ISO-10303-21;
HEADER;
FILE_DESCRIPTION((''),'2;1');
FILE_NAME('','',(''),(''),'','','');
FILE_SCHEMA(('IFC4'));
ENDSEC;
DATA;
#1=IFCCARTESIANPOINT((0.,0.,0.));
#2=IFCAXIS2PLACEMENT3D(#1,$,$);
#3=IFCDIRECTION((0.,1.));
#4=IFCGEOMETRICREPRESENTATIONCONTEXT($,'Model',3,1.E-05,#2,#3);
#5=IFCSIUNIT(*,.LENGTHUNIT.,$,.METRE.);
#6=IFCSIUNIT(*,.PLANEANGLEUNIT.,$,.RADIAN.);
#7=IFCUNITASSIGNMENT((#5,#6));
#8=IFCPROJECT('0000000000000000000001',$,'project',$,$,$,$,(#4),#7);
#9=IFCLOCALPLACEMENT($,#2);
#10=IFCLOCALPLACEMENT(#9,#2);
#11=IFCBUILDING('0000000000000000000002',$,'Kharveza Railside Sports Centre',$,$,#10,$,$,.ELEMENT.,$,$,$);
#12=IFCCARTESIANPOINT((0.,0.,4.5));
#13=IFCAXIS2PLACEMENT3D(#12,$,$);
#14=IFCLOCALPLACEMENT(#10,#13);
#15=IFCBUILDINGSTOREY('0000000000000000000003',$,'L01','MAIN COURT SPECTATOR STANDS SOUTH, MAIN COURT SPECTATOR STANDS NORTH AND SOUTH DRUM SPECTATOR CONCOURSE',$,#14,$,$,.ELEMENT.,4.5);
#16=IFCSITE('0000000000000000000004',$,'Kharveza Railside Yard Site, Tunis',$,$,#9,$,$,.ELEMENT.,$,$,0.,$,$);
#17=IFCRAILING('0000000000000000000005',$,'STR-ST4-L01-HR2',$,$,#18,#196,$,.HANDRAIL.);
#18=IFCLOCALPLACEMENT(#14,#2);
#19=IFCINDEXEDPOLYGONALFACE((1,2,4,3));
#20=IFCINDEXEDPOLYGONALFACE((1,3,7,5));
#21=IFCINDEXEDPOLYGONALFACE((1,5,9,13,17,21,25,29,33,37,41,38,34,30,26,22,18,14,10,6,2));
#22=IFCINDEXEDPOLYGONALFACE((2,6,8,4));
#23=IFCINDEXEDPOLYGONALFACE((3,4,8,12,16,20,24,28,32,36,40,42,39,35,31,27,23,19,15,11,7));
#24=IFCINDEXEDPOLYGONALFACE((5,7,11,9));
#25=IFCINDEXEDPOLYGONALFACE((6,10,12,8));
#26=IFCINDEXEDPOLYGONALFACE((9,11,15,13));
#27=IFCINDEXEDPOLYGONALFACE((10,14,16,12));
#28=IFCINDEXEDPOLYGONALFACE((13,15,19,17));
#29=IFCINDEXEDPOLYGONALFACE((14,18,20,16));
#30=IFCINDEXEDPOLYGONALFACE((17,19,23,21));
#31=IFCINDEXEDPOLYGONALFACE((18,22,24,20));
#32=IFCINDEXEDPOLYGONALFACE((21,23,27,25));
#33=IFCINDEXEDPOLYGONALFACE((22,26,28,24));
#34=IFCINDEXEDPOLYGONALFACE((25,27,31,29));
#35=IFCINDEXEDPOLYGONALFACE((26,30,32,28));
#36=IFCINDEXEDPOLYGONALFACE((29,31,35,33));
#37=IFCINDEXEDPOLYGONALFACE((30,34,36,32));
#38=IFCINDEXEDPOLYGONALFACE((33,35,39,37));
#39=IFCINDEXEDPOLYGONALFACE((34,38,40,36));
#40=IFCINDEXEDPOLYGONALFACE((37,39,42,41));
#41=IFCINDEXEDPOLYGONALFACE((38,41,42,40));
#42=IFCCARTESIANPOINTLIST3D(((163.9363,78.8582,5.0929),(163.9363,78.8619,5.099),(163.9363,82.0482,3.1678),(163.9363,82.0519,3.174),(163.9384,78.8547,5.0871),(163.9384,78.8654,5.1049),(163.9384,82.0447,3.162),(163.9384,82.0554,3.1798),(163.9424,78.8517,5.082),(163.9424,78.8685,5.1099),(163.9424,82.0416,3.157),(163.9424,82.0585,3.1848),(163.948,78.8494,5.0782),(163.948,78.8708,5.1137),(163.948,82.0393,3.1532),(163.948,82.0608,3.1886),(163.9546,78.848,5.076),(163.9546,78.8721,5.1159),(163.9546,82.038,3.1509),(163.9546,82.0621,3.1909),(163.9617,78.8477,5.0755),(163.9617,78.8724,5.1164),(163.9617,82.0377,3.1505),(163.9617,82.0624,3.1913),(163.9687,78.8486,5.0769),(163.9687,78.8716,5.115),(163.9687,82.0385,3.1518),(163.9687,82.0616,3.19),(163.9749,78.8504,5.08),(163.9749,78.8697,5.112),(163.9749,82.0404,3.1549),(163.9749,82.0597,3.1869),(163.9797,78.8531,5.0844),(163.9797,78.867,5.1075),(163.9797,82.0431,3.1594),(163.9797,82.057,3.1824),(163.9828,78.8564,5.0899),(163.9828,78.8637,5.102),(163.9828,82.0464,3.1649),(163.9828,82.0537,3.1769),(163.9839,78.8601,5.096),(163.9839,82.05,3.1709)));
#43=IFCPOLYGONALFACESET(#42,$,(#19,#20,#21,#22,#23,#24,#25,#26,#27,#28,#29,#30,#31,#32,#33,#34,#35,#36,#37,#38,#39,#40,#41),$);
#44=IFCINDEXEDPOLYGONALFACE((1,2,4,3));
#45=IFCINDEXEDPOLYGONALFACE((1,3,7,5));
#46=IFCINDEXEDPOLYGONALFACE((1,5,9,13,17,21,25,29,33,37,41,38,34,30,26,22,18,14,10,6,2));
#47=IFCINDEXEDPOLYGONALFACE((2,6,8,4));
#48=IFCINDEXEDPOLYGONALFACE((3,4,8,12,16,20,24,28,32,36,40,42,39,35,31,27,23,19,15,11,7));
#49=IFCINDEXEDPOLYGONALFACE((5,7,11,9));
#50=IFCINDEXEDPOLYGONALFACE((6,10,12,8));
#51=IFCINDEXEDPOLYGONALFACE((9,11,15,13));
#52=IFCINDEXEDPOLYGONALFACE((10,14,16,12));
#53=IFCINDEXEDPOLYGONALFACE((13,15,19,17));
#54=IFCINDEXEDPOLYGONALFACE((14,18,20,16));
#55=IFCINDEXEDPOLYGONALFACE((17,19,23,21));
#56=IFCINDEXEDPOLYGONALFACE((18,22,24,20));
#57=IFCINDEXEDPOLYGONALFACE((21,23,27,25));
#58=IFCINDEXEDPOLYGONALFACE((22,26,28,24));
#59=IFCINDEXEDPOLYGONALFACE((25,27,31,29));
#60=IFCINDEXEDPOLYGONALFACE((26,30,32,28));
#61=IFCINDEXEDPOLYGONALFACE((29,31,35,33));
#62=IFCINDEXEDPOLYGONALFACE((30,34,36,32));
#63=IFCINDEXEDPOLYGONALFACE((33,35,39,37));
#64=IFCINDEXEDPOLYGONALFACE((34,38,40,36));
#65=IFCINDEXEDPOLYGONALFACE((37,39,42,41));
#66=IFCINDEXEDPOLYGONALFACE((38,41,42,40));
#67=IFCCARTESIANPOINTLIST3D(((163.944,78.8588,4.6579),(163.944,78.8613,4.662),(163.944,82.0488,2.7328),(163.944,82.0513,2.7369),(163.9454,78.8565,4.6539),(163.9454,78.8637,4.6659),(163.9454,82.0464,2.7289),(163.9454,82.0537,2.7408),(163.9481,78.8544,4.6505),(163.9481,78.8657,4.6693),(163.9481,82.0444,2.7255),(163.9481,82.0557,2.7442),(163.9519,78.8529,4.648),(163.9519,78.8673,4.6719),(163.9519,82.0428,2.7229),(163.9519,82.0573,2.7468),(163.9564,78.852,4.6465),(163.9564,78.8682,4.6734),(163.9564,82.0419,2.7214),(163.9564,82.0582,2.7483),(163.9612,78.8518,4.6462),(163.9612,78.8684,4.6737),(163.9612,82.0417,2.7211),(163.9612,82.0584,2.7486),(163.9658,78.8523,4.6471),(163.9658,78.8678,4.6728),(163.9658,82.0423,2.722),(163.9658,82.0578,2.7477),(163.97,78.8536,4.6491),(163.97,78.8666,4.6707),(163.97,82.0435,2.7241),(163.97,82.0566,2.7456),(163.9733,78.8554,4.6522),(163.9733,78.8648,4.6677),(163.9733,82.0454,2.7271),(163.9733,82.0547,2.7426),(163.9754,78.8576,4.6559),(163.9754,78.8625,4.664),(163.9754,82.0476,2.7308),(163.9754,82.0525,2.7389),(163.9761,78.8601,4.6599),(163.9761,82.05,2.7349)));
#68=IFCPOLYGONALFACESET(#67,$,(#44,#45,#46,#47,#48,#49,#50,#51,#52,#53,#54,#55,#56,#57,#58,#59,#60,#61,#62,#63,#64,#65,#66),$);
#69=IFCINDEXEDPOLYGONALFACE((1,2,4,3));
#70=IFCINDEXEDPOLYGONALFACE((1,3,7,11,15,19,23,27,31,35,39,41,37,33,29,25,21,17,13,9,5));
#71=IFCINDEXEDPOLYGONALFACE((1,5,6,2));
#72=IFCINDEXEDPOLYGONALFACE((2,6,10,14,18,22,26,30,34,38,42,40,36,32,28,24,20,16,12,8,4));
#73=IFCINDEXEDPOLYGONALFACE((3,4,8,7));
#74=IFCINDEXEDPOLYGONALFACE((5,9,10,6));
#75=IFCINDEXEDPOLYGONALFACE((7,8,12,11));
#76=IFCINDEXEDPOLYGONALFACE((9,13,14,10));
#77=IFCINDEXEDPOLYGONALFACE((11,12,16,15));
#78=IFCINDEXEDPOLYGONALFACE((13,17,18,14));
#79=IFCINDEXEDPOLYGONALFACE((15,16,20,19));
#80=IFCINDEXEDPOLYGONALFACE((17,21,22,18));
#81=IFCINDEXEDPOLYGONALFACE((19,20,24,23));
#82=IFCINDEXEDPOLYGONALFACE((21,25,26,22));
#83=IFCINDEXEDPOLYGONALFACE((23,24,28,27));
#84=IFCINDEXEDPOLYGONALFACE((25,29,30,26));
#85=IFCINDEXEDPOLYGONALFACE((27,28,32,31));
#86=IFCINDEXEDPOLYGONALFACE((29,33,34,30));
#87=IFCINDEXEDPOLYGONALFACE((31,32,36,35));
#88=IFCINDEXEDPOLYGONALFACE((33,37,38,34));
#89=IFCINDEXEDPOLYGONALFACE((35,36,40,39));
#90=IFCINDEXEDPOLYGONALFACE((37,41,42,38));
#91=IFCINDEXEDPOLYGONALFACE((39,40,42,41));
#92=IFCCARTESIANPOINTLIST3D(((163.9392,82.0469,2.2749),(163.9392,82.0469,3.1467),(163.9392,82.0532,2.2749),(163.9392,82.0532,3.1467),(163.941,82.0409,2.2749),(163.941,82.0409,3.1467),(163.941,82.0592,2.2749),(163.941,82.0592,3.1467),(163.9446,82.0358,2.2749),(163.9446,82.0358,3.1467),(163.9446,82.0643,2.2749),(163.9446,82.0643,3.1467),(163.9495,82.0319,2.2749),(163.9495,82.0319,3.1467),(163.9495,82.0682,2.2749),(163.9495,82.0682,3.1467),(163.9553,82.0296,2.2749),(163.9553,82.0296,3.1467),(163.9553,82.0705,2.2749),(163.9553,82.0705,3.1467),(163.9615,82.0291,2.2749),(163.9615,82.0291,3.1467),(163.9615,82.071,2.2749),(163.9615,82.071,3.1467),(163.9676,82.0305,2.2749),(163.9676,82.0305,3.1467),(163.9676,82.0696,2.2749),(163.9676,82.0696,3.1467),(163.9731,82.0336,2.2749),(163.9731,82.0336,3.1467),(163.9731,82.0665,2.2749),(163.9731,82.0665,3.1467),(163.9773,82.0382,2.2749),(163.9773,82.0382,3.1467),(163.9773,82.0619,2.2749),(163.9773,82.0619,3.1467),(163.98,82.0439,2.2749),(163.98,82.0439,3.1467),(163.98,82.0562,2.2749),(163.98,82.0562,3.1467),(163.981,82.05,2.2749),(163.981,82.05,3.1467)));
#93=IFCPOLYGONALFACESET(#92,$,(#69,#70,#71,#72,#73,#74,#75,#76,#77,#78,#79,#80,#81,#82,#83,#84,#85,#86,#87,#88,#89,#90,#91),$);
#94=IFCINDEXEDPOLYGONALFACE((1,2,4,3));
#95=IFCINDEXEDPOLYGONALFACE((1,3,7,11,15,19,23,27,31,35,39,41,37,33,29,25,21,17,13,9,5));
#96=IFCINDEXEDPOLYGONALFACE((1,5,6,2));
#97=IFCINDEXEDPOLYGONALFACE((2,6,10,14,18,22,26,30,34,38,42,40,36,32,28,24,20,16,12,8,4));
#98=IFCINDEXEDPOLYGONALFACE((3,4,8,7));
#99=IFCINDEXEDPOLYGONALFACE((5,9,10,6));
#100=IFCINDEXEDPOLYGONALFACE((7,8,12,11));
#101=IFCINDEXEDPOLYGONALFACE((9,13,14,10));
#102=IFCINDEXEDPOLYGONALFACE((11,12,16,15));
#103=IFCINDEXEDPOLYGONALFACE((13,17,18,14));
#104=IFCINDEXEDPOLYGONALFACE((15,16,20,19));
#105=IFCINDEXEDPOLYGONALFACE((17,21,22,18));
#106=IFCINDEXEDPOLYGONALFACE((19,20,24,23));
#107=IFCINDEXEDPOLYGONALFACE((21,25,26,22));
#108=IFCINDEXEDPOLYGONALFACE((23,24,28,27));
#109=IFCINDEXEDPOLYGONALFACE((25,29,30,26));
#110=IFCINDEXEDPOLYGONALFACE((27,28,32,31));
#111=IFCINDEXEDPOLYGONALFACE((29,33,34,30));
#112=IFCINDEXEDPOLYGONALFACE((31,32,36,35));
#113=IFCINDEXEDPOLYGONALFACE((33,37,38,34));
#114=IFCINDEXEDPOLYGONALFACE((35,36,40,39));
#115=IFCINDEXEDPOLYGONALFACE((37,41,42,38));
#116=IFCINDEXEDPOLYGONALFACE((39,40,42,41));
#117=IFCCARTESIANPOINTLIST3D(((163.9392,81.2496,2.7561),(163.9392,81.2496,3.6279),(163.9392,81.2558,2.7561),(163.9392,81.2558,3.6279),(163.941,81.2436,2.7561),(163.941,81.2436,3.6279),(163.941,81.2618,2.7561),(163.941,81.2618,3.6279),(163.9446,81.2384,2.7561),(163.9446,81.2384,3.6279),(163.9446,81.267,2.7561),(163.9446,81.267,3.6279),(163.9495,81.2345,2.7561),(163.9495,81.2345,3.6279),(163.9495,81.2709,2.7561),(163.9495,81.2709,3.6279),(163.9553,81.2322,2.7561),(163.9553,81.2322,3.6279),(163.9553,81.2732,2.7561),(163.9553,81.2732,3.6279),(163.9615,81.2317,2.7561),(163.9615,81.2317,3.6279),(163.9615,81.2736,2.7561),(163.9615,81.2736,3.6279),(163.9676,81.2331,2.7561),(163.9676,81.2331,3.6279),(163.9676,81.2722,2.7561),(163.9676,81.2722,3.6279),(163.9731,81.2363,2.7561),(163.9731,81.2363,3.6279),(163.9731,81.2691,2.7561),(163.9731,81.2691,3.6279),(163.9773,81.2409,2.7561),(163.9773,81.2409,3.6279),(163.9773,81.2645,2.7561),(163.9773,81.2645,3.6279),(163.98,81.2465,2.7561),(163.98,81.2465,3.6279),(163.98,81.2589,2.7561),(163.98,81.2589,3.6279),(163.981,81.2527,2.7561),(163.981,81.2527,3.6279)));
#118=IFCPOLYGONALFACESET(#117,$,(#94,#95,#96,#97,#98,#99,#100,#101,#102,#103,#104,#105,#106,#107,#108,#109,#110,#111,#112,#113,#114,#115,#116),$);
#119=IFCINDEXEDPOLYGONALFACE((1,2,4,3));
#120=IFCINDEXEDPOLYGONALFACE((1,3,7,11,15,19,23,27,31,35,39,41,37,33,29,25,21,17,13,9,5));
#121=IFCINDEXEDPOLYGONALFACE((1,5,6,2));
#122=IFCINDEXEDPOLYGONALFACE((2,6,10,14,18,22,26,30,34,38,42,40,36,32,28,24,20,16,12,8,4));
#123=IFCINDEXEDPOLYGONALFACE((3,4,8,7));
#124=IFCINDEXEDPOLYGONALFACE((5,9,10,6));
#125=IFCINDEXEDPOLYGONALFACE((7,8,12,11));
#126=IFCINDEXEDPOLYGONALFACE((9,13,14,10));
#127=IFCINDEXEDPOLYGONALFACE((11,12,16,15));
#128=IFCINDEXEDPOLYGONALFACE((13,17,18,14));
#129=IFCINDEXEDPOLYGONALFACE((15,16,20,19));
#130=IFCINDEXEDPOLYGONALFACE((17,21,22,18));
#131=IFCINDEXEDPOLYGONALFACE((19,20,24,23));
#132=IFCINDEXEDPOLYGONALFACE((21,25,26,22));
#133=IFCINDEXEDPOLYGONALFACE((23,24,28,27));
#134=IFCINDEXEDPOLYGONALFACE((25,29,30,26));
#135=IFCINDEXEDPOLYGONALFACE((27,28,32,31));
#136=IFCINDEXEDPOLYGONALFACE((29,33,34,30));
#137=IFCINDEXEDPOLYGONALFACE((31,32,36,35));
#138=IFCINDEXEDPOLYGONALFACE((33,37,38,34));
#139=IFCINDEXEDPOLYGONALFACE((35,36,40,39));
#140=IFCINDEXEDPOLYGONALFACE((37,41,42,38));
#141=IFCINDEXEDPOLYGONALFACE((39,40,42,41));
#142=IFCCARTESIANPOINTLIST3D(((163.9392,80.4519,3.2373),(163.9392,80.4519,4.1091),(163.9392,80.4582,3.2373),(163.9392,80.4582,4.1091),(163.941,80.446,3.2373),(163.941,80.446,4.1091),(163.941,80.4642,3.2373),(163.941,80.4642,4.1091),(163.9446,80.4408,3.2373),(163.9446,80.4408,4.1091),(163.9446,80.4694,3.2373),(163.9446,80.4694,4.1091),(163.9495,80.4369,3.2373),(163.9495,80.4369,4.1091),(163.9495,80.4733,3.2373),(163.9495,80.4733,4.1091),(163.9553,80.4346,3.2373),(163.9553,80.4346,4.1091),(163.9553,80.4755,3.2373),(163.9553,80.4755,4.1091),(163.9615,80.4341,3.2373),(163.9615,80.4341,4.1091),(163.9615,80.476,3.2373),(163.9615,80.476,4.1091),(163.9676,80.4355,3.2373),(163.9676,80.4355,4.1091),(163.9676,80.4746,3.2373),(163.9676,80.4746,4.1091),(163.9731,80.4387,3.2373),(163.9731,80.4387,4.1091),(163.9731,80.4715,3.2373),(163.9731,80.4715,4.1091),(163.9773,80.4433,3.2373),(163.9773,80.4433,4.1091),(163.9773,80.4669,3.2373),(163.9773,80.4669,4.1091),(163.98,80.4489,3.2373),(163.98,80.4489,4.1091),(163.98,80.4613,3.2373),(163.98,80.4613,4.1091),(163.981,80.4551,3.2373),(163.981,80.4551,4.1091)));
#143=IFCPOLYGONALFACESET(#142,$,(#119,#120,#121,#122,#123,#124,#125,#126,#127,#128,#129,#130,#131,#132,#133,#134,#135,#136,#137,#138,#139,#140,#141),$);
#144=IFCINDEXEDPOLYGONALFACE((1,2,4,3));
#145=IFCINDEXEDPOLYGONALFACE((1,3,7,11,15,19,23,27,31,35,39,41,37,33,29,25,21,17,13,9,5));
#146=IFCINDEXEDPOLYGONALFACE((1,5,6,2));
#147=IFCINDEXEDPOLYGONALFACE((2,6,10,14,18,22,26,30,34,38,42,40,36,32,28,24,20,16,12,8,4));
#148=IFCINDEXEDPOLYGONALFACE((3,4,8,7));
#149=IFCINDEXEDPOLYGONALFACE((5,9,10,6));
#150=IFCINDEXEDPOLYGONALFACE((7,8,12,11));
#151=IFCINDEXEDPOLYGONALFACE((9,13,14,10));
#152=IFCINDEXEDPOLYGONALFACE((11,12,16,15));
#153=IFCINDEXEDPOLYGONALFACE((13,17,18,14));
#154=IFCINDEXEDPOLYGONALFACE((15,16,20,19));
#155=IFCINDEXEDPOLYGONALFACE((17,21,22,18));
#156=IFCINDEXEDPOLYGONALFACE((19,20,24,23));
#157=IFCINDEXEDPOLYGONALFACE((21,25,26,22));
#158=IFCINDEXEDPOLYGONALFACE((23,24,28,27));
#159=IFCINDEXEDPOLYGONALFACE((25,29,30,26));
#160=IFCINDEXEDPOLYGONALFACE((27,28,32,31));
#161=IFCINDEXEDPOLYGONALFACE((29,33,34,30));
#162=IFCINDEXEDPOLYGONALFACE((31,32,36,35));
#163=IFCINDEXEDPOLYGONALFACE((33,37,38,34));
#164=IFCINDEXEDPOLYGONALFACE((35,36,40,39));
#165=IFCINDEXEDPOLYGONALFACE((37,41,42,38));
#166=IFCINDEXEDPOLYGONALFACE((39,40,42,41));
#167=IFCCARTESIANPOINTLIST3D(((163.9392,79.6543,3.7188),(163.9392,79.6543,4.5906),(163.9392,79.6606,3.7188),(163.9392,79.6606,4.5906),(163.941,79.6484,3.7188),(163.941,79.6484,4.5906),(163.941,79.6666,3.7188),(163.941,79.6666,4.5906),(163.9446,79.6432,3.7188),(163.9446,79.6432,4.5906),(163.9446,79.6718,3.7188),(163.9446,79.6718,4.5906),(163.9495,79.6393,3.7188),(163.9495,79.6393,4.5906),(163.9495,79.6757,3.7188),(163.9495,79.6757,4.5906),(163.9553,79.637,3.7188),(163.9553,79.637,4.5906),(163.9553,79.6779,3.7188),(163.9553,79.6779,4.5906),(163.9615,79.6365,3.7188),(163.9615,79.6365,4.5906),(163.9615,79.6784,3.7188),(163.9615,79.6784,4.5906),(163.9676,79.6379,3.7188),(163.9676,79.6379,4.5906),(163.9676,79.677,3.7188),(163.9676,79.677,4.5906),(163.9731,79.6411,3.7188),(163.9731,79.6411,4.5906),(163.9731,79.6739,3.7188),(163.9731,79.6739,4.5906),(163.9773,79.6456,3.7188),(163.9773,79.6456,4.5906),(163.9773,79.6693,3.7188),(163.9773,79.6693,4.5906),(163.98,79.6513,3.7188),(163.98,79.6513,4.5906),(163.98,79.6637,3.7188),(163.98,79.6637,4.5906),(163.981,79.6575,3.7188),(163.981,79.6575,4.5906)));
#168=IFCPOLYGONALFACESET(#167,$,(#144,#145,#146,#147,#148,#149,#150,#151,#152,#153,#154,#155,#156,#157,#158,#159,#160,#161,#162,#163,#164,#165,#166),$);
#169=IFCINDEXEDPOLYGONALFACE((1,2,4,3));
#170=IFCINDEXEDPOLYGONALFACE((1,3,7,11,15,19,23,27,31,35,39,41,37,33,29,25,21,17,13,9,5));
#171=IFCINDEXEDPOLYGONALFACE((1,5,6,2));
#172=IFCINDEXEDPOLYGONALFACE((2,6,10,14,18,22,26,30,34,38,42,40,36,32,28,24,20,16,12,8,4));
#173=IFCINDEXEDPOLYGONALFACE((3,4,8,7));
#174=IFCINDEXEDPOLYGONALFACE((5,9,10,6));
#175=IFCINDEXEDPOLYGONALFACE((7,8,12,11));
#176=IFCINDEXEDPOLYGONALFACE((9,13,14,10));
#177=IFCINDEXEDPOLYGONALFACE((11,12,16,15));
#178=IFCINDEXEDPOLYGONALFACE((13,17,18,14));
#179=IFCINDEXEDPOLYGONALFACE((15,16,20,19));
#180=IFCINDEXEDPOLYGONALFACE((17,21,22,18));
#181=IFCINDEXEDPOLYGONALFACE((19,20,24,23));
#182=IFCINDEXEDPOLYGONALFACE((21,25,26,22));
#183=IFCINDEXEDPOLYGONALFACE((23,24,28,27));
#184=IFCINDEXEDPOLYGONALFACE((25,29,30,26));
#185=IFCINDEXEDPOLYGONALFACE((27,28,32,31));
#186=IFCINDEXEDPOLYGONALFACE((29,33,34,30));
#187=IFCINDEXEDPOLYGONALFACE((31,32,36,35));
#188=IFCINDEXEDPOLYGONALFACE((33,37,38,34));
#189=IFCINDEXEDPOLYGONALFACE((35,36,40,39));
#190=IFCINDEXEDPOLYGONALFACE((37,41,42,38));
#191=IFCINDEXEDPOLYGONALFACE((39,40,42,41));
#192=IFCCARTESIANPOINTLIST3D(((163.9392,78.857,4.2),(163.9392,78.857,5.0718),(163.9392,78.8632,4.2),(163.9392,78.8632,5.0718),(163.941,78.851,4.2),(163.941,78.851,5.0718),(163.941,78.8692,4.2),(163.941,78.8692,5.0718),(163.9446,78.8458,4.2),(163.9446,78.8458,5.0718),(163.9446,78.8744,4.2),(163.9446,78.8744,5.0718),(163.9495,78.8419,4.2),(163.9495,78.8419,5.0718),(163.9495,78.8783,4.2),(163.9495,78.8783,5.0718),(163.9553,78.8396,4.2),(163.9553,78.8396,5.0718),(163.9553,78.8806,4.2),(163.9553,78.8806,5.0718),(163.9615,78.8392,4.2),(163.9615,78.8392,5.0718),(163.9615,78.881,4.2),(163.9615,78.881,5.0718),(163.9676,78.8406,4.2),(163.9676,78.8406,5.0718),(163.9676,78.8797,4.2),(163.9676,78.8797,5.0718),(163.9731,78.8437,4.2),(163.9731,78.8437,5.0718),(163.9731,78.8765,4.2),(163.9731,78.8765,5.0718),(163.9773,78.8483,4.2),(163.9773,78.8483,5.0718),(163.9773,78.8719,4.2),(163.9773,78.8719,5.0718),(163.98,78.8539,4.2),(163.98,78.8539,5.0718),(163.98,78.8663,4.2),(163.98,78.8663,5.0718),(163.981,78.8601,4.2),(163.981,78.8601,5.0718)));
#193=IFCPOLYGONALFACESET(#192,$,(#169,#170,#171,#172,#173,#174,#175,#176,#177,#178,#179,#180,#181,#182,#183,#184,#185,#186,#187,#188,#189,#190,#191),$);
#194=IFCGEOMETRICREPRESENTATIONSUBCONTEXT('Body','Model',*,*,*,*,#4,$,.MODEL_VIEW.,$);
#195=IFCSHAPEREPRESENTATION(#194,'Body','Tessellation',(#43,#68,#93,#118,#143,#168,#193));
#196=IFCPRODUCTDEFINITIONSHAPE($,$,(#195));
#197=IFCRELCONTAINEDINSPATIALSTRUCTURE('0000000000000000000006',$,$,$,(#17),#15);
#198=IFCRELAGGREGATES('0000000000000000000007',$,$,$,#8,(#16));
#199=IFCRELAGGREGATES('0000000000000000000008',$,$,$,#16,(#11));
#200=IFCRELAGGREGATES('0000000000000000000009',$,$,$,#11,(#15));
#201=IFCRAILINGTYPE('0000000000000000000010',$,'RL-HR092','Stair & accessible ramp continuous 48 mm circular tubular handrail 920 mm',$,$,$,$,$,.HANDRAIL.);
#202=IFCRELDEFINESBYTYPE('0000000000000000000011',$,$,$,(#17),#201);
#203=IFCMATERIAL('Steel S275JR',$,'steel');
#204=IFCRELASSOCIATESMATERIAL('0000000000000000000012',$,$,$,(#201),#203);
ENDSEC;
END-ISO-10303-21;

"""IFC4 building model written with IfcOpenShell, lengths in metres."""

from ifc_helpers import new_model, si_unit, direction, frame, origin, origin_2d, place, context, subcontext, project, spatial, circle, extrude, material, type_object, element, save


model = new_model("IFC4")

# Units and contexts
model_context = context("Model", 3, precision=1e-05, world=origin(), true_north=direction((0.0, 1.0)))
body_context = subcontext(model_context, "Body", "Model", "MODEL_VIEW")
ifc_project = project(units=[si_unit("LENGTHUNIT", "METRE"), si_unit("PLANEANGLEUNIT", "RADIAN")], contexts=[model_context])

# Site, building, storey
site_placement = place(None, origin())
site = spatial("IfcSite", under=ifc_project, at=site_placement, Name="Kharveza Railside Yard Site, Tunis", CompositionType="ELEMENT", RefElevation=0.0)
building_placement = place(site_placement, origin())
building = spatial("IfcBuilding", under=site, at=building_placement, Name="Kharveza Railside Sports Centre", CompositionType="ELEMENT")
storey_placement = place(building_placement, frame((0.0, 0.0, 4.5)))
storey = spatial("IfcBuildingStorey", under=building, at=storey_placement, Name="L01", Description="MAIN COURT SPECTATOR STANDS SOUTH, MAIN COURT SPECTATOR STANDS NORTH AND SOUTH DRUM SPECTATOR CONCOURSE", CompositionType="ELEMENT", Elevation=4.5)

# Railing
ifc_material_1 = material(Name="Steel S275JR", Category="steel")
railing_type_1 = type_object("IfcRailingType", Name="RL-HR092", Description="Stair & accessible ramp continuous 48 mm circular tubular handrail 920 mm", PredefinedType="HANDRAIL", material=ifc_material_1)
railing_1_placement = place(storey_placement, frame((163.96, 82.05, 2.2749)))
element("IfcRailing", 1, at=railing_1_placement, inside=storey, type_object=railing_type_1, Name="STR-ST4-L01-HR2", PredefinedType="HANDRAIL", context=body_context, shape_type="SweptSolid", body=[
    extrude(circle(Radius=0.0239, at=origin_2d()), frame((0.0, 0.0, 0.896), z_axis=(0.0, -0.856178, 0.516682), x_axis=(1.0, 0.0, 0.0)), (0.0, 0.0, 1.0), 3.7258),
    extrude(circle(Radius=0.0161, at=origin_2d()), frame((0.0, 0.0, 0.46), z_axis=(0.0, -0.856178, 0.516682), x_axis=(1.0, 0.0, 0.0)), (0.0, 0.0, 1.0), 3.7258),
    extrude(circle(Radius=0.021, at=origin_2d()), origin(), (0.0, 0.0, 1.0), 0.8718),
    extrude(circle(Radius=0.021, at=origin_2d()), frame((0.0, -0.7974, 0.4812)), (0.0, 0.0, 1.0), 0.8718),
    extrude(circle(Radius=0.021, at=origin_2d()), frame((0.0, -1.595, 0.9624)), (0.0, 0.0, 1.0), 0.8718),
    extrude(circle(Radius=0.021, at=origin_2d()), frame((0.0, -2.3926, 1.4438)), (0.0, 0.0, 1.0), 0.8718),
    extrude(circle(Radius=0.021, at=origin_2d()), frame((0.0, -3.1899, 1.925)), (0.0, 0.0, 1.0), 0.8718),
])

save(model, "model.ifc")
